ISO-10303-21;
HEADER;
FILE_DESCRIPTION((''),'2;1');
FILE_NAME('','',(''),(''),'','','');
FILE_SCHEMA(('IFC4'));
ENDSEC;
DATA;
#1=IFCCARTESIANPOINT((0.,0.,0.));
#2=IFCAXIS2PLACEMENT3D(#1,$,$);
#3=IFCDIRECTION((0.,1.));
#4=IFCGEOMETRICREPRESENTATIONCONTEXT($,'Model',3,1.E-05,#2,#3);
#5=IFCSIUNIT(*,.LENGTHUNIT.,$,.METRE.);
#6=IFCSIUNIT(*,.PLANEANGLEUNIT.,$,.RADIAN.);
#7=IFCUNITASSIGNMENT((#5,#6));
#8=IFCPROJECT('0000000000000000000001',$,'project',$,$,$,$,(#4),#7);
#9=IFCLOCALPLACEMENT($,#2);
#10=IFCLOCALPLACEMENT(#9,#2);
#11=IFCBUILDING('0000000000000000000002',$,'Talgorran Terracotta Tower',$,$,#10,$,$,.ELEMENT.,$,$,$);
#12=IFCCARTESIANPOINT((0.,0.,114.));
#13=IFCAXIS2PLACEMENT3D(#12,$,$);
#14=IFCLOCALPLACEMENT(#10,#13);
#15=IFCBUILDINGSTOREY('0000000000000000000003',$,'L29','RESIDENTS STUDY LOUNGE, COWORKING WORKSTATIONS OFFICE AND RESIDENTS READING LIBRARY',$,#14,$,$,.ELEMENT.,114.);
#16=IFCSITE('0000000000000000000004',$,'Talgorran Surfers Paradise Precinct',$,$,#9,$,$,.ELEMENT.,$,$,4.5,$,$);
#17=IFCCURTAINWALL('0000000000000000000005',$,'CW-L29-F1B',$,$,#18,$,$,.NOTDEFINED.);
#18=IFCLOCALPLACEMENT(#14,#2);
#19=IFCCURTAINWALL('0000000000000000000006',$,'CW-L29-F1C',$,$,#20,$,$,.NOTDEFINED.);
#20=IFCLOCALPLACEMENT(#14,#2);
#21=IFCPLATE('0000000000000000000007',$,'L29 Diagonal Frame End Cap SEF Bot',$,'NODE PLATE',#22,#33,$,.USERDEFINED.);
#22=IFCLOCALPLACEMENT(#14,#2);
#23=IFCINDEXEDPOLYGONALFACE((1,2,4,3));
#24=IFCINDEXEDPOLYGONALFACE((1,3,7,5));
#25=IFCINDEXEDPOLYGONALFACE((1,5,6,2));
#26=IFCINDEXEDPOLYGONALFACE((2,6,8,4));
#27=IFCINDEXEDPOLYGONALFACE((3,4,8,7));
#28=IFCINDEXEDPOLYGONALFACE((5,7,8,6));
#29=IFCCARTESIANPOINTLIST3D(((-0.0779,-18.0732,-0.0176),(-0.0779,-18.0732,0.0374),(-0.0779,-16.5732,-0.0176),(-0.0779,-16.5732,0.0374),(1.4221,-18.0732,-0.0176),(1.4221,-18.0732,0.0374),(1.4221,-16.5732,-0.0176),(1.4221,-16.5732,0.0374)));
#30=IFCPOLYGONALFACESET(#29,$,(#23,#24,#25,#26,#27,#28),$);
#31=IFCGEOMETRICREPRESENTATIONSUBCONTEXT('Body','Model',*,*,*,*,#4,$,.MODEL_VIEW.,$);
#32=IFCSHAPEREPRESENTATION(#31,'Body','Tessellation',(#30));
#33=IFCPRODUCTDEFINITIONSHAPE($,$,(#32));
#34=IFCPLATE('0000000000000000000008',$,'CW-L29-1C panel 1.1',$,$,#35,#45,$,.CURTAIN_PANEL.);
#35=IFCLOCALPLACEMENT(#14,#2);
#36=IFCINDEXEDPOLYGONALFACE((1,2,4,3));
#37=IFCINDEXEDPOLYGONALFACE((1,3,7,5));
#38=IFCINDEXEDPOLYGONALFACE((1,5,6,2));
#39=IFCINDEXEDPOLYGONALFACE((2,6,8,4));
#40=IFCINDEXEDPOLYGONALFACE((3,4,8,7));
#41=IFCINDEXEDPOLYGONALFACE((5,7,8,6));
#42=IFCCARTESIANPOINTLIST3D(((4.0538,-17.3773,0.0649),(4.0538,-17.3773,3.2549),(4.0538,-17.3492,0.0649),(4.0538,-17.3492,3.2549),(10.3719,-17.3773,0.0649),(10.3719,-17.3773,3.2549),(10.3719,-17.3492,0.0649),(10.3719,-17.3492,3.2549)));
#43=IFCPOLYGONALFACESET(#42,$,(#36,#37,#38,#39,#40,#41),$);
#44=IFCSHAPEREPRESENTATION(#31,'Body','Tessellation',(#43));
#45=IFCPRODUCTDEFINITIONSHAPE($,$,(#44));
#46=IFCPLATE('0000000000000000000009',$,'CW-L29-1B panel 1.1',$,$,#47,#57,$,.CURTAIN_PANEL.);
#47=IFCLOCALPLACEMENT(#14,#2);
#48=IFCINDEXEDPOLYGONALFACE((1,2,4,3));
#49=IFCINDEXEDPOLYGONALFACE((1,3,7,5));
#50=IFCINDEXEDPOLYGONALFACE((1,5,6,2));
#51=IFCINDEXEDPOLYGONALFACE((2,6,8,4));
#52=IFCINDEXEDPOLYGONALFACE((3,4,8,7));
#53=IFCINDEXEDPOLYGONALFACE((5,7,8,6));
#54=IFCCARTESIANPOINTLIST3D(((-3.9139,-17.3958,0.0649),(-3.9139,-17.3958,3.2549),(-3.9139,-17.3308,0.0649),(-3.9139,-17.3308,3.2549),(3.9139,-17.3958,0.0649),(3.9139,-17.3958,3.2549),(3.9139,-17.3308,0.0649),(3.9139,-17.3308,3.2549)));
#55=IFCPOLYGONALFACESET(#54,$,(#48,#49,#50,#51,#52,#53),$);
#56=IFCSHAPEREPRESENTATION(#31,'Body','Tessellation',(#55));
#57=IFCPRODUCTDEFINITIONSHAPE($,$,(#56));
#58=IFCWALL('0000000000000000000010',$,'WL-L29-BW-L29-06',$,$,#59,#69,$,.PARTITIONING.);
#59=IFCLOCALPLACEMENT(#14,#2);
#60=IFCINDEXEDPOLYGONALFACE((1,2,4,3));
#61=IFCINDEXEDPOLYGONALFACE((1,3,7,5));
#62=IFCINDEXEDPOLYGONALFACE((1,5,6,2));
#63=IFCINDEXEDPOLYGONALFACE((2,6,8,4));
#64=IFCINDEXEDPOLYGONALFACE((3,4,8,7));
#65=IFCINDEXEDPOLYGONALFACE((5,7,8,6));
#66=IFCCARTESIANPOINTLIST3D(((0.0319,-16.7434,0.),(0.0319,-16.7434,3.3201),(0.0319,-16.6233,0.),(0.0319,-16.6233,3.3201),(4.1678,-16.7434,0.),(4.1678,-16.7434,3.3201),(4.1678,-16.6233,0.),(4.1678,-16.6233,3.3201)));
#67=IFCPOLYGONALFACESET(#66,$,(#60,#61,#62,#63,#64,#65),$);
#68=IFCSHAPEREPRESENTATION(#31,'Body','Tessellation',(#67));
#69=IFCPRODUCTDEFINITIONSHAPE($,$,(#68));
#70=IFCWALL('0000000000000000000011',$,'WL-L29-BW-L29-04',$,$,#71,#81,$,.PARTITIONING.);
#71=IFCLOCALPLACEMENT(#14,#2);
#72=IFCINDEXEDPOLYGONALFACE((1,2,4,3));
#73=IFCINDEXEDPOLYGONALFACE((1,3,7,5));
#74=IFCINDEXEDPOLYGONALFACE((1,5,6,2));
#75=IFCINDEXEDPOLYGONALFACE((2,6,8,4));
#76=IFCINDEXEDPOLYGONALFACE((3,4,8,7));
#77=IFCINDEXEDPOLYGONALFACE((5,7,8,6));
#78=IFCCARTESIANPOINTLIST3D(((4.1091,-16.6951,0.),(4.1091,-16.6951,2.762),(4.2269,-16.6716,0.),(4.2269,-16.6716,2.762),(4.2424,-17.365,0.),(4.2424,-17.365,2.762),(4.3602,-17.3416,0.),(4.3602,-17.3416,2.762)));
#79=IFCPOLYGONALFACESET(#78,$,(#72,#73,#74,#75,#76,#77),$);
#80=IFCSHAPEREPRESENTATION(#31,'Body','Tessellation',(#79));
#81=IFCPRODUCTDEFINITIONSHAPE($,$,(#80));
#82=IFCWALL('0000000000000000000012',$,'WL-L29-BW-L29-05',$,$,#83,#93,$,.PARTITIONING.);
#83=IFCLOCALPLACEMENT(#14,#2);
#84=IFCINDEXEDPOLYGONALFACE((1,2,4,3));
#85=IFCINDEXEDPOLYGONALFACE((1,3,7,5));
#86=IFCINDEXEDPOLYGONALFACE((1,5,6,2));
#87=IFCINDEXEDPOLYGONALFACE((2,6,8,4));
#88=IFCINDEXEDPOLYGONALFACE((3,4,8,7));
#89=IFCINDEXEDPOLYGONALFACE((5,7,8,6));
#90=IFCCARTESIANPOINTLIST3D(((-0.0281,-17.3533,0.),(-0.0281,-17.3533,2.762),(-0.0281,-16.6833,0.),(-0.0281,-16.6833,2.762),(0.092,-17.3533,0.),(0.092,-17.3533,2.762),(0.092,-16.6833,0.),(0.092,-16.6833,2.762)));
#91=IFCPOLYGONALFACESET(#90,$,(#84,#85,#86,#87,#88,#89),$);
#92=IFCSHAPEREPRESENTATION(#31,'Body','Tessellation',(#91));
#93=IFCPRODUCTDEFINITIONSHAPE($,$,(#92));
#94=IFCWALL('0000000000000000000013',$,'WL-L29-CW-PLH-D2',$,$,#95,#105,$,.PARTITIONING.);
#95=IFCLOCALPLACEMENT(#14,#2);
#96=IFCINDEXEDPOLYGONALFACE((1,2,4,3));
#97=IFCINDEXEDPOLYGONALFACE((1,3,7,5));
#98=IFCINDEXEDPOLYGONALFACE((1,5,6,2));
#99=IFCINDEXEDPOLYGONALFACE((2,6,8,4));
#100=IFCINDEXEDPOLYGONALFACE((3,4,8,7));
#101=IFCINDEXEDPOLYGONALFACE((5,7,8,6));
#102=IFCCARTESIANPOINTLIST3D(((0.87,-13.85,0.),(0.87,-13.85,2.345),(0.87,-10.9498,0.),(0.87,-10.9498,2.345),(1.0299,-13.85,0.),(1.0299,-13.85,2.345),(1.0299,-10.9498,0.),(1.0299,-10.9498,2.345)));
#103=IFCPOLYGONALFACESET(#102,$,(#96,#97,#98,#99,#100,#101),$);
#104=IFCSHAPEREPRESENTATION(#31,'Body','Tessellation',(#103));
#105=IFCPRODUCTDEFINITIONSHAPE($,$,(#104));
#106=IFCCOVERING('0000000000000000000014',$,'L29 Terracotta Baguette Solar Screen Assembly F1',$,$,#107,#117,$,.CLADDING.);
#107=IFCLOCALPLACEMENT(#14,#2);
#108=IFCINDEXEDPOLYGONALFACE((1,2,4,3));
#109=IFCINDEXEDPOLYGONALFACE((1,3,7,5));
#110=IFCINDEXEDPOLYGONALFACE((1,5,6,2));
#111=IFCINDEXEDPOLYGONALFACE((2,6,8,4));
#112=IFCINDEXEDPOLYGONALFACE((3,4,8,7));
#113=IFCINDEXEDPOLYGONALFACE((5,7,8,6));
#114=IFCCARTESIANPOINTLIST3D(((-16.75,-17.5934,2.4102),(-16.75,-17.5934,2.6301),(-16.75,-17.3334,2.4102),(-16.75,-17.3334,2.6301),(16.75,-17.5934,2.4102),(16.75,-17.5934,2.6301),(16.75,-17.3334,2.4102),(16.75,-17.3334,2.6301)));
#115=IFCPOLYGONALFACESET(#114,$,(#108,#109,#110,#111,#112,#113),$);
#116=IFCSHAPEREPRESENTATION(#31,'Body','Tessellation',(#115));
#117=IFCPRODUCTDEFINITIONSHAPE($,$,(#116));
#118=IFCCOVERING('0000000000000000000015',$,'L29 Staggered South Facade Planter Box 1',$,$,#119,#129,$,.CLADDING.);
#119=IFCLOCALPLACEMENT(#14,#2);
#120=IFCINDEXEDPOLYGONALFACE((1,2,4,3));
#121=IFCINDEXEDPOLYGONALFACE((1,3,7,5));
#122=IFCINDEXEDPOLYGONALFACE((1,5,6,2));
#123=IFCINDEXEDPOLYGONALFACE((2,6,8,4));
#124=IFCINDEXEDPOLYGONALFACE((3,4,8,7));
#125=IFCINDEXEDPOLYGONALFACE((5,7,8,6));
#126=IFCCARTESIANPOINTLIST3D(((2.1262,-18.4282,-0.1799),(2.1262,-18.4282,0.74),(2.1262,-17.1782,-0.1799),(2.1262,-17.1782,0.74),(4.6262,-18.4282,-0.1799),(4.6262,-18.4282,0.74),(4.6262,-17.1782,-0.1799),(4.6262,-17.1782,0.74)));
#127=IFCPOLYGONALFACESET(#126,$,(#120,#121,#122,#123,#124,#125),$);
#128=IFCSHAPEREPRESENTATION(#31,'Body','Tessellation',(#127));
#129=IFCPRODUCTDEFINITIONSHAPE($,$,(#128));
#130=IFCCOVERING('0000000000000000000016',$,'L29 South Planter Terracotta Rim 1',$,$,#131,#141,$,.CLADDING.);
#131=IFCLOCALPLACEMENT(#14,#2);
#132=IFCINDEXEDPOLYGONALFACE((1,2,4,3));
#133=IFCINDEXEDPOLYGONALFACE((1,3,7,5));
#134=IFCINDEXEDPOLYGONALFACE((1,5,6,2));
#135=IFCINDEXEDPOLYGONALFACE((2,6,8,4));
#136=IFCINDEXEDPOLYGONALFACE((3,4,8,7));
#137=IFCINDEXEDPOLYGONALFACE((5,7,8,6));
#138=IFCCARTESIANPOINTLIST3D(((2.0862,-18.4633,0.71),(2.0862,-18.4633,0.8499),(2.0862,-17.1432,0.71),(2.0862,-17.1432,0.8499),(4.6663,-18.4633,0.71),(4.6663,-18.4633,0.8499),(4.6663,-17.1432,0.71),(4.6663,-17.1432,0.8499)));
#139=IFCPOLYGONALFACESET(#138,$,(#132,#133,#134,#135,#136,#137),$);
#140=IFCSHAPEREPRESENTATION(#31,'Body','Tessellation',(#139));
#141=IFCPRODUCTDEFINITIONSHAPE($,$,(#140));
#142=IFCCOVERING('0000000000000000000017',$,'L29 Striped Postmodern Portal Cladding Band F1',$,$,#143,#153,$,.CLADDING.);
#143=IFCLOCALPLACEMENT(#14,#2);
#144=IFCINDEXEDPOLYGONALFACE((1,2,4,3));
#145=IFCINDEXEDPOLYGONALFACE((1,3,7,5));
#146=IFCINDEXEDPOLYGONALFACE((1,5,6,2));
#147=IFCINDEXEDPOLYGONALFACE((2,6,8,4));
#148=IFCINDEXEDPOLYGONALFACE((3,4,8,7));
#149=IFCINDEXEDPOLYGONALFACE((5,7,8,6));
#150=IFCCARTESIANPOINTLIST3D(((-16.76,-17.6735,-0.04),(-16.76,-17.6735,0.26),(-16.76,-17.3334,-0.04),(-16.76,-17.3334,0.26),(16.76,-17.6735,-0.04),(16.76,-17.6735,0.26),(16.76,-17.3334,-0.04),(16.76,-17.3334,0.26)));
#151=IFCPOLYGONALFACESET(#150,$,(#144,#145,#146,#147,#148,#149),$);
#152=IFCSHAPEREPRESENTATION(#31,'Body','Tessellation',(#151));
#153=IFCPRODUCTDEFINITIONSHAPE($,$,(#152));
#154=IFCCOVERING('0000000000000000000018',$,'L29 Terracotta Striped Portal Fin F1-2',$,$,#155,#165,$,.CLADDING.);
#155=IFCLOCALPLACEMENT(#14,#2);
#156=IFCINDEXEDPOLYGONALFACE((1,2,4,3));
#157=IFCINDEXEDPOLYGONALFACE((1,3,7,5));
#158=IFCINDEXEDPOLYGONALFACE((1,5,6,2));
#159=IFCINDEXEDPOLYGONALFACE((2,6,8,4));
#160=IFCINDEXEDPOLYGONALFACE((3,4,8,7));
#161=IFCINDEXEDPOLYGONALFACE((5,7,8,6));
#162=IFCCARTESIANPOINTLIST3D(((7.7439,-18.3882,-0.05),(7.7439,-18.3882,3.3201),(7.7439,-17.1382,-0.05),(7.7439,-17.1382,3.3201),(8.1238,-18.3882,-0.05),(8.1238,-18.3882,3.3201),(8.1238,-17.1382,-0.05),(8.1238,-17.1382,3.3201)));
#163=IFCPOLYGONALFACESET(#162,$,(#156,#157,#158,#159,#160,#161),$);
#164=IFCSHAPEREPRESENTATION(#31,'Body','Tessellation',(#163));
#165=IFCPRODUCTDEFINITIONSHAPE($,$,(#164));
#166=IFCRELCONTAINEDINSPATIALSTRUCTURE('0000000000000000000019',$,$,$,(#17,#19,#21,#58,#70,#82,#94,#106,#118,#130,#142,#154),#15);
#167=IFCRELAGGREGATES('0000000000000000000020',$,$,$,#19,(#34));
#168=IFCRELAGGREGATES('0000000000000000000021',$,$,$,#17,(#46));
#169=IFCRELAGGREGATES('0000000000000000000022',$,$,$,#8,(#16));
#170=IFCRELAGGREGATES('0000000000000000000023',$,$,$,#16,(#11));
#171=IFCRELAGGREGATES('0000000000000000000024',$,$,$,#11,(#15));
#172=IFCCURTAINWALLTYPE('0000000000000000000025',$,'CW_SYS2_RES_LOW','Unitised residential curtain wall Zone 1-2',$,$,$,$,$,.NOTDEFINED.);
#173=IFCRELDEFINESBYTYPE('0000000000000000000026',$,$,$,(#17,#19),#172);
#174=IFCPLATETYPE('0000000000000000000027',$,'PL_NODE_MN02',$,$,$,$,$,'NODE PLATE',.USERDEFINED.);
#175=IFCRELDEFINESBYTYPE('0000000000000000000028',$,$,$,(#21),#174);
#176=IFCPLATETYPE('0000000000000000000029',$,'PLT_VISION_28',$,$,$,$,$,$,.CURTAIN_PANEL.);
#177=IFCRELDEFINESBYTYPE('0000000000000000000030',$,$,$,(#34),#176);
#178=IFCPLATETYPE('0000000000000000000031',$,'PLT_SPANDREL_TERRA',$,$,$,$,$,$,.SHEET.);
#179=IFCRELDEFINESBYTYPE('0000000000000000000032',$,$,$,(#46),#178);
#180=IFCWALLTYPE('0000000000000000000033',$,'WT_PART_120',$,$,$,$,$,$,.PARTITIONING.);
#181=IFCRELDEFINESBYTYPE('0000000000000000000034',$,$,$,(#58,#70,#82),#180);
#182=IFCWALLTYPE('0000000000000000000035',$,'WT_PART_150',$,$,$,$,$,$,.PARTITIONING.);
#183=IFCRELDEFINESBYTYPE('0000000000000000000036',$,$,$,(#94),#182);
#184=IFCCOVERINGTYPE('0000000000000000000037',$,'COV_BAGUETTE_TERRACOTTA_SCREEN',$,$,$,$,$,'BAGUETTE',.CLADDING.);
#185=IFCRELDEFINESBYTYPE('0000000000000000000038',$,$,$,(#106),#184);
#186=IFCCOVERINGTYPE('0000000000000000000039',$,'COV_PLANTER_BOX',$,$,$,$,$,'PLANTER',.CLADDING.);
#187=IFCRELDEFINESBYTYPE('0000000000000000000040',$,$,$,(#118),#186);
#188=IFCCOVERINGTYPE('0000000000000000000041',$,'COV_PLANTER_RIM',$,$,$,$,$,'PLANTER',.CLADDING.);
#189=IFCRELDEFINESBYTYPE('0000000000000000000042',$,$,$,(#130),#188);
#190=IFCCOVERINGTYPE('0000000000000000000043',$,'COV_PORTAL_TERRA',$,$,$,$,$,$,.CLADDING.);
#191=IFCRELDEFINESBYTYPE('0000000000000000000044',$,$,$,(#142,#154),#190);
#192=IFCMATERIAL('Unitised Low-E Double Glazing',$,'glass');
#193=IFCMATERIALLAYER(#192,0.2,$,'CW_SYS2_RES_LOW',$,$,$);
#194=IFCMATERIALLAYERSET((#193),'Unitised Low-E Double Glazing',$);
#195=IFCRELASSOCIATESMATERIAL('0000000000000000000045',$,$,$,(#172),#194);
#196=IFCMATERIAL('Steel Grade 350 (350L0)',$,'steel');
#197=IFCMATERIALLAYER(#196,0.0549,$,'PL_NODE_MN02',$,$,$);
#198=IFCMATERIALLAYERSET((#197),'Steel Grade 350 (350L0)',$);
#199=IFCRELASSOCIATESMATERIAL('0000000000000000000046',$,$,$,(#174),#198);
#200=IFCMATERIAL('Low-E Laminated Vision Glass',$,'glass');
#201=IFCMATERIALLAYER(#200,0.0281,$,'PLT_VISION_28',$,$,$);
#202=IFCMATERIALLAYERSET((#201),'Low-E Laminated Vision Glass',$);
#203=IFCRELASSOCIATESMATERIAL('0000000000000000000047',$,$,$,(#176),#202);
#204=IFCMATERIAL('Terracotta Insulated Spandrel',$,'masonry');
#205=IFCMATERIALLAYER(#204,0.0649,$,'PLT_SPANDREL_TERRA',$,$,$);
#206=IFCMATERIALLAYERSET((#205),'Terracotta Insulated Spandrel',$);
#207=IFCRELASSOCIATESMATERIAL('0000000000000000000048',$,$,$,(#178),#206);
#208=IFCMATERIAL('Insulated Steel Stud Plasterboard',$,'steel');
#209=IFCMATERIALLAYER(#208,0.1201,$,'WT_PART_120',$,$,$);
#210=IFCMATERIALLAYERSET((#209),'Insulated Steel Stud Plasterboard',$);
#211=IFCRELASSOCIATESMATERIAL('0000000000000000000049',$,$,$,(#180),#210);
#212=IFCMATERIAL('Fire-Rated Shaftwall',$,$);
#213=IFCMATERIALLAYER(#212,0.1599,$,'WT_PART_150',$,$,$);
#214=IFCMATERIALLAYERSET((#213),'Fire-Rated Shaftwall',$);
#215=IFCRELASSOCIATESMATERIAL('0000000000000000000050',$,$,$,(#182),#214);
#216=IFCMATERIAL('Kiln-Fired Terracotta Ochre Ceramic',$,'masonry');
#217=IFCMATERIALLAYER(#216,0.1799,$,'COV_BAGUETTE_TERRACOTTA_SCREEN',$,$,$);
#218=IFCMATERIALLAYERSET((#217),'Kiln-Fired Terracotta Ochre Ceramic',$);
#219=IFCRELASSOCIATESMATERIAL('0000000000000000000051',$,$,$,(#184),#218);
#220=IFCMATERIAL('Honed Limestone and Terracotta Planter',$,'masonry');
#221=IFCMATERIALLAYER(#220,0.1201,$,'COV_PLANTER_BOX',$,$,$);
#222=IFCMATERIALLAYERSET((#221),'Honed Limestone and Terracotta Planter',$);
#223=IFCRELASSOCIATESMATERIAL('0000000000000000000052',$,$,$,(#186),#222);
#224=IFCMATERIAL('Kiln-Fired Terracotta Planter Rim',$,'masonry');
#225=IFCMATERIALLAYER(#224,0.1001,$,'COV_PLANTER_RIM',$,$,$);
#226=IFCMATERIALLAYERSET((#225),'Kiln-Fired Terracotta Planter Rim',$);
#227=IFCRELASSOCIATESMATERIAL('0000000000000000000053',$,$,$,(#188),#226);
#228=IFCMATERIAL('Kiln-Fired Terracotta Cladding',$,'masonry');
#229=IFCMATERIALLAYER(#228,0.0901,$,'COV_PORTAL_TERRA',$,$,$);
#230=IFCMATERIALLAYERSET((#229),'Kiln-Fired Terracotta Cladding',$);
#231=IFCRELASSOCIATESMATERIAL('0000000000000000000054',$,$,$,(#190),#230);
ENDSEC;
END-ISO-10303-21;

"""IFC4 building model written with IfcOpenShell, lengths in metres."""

from ifc_helpers import new_model, si_unit, direction, frame, frame_2d, origin, origin_2d, place, context, subcontext, project, spatial, rectangle, extrude, source, transform, mapped, material, layer, layer_set, type_object, type_shapes, element, aggregate, save


model = new_model("IFC4")

# Units and contexts
model_context = context("Model", 3, precision=1e-05, world=origin(), true_north=direction((0.0, 1.0)))
body_context = subcontext(model_context, "Body", "Model", "MODEL_VIEW")
ifc_project = project(units=[si_unit("LENGTHUNIT", "METRE"), si_unit("PLANEANGLEUNIT", "RADIAN")], contexts=[model_context])

# Site, building, storey
site_placement = place(None, origin())
site = spatial("IfcSite", under=ifc_project, at=site_placement, Name="Talgorran Surfers Paradise Precinct", CompositionType="ELEMENT", RefElevation=4.5)
building_placement = place(site_placement, origin())
building = spatial("IfcBuilding", under=site, at=building_placement, Name="Talgorran Terracotta Tower", CompositionType="ELEMENT")
storey_placement = place(building_placement, frame((0.0, 0.0, 114.0)))
storey = spatial("IfcBuildingStorey", under=building, at=storey_placement, Name="L29", Description="RESIDENTS STUDY LOUNGE, COWORKING WORKSTATIONS OFFICE AND RESIDENTS READING LIBRARY", CompositionType="ELEMENT", Elevation=114.0)

# Shared definitions
ifc_material_1 = material(Name="Steel Grade 350 (350L0)", Category="steel")

# Curtain wall
ifc_material_2 = material(Name="Unitised Low-E Double Glazing", Category="glass")
ifc_layer_1 = layer(ifc_material_2, 0.2, Name="CW_SYS2_RES_LOW")
ifc_layer_set_1 = layer_set([ifc_layer_1], Name="Unitised Low-E Double Glazing")
curtain_wall_type = type_object("IfcCurtainWallType", Name="CW_SYS2_RES_LOW", Description="Unitised residential curtain wall Zone 1-2", PredefinedType="NOTDEFINED", material=ifc_layer_set_1)
curtain_wall_1_placement = place(storey_placement, origin())
curtain_wall_1 = element("IfcCurtainWall", 1, at=curtain_wall_1_placement, inside=storey, type_object=curtain_wall_type, Name="CW-L29-F1B", PredefinedType="NOTDEFINED")

# Curtain wall
curtain_wall_2_placement = place(storey_placement, origin())
curtain_wall_2 = element("IfcCurtainWall", 2, at=curtain_wall_2_placement, inside=storey, type_object=curtain_wall_type, Name="CW-L29-F1C", PredefinedType="NOTDEFINED")

# Plate
ifc_layer_2 = layer(ifc_material_1, 0.0549, Name="PL_NODE_MN02")
ifc_layer_set_2 = layer_set([ifc_layer_2], Name="Steel Grade 350 (350L0)")
plate_type_1 = type_object("IfcPlateType", Name="PL_NODE_MN02", ElementType="NODE PLATE", PredefinedType="USERDEFINED", material=ifc_layer_set_2)
plate_1_placement = place(storey_placement, frame((0.6721, -17.3232, -0.0176), z_axis=(0.0, 0.0, 1.0), x_axis=(1.0, 0.0, 0.0)))
element("IfcPlate", 3, at=plate_1_placement, inside=storey, type_object=plate_type_1, Name="L29 Diagonal Frame End Cap SEF Bot", ObjectType="NODE PLATE", PredefinedType="USERDEFINED", context=body_context, shape_type="SweptSolid", body=[
    extrude(rectangle(XDim=1.5, YDim=1.5, at=origin_2d()), origin(), (0.0, 0.0, 1.0), 0.0549),
])

# Plates
ifc_material_3 = material(Name="Low-E Laminated Vision Glass", Category="glass")
ifc_layer_3 = layer(ifc_material_3, 0.0281, Name="PLT_VISION_28")
ifc_layer_set_3 = layer_set([ifc_layer_3], Name="Low-E Laminated Vision Glass")
plate_type_2 = type_object("IfcPlateType", Name="PLT_VISION_28", PredefinedType="CURTAIN_PANEL", material=ifc_layer_set_3)
shared_shape_1 = source(origin(), body_context, "Body", "SweptSolid", [
    extrude(rectangle(XDim=6.3181, YDim=0.0281, at=origin_2d()), origin(), (0.0, 0.0, 1.0), 3.1899),
])
type_shapes(plate_type_2, [shared_shape_1])
plate_2_placement = place(storey_placement, frame((7.2129, -17.3633, 0.0649), z_axis=(0.0, 0.0, 1.0), x_axis=(1.0, 0.0, 0.0)))
plate_2 = element("IfcPlate", 4, at=plate_2_placement, type_object=plate_type_2, Name="CW-L29-1C panel 1.1", PredefinedType="CURTAIN_PANEL", context=body_context, shape_type="MappedRepresentation", body=[
    mapped(shared_shape_1, transform((0.0, 0.0, 0.0), scale=1.0)),
])
aggregate(curtain_wall_2, [plate_2])
ifc_material_4 = material(Name="Terracotta Insulated Spandrel", Category="masonry")
ifc_layer_4 = layer(ifc_material_4, 0.0649, Name="PLT_SPANDREL_TERRA")
ifc_layer_set_4 = layer_set([ifc_layer_4], Name="Terracotta Insulated Spandrel")
plate_type_3 = type_object("IfcPlateType", Name="PLT_SPANDREL_TERRA", PredefinedType="SHEET", material=ifc_layer_set_4)
shared_shape_2 = source(origin(), body_context, "Body", "SweptSolid", [
    extrude(rectangle(XDim=7.8279, YDim=0.0649, at=origin_2d()), origin(), (0.0, 0.0, 1.0), 3.1899),
])
type_shapes(plate_type_3, [shared_shape_2])
plate_3_placement = place(storey_placement, frame((0.0, -17.3633, 0.0649), z_axis=(0.0, 0.0, 1.0), x_axis=(1.0, 0.0, 0.0)))
plate_3 = element("IfcPlate", 5, at=plate_3_placement, type_object=plate_type_3, Name="CW-L29-1B panel 1.1", PredefinedType="CURTAIN_PANEL", context=body_context, shape_type="MappedRepresentation", body=[
    mapped(shared_shape_2, transform((0.0, 0.0, 0.0), scale=1.0)),
])
aggregate(curtain_wall_1, [plate_3])

# Walls
ifc_material_5 = material(Name="Insulated Steel Stud Plasterboard", Category="steel")
ifc_layer_5 = layer(ifc_material_5, 0.1201, Name="WT_PART_120")
ifc_layer_set_5 = layer_set([ifc_layer_5], Name="Insulated Steel Stud Plasterboard")
wall_type_1 = type_object("IfcWallType", Name="WT_PART_120", PredefinedType="PARTITIONING", material=ifc_layer_set_5)
wall_1_placement = place(storey_placement, frame((0.032, -16.6833, 0.0), z_axis=(0.0, 0.0, 1.0), x_axis=(1.0, 0.0, 0.0)))
element("IfcWall", 6, at=wall_1_placement, inside=storey, type_object=wall_type_1, Name="WL-L29-BW-L29-06", PredefinedType="PARTITIONING", context=body_context, shape_type="SweptSolid", body=[
    extrude(rectangle(XDim=4.136, YDim=0.1201, at=frame_2d((2.0679, 0.0))), origin(), (0.0, 0.0, 1.0), 3.3201),
])
wall_2_placement = place(storey_placement, frame((4.168, -16.6833, 0.0), z_axis=(0.0, 0.0, 1.0), x_axis=(0.195154, -0.980773, 0.0)))
element("IfcWall", 7, at=wall_2_placement, inside=storey, type_object=wall_type_1, Name="WL-L29-BW-L29-04", PredefinedType="PARTITIONING", context=body_context, shape_type="SweptSolid", body=[
    extrude(rectangle(XDim=0.6831, YDim=0.1201, at=frame_2d((0.3416, 0.0))), origin(), (0.0, 0.0, 1.0), 2.762),
])
wall_3_placement = place(storey_placement, frame((0.032, -17.3533, 0.0), z_axis=(0.0, 0.0, 1.0), x_axis=(0.0, 1.0, 0.0)))
element("IfcWall", 8, at=wall_3_placement, inside=storey, type_object=wall_type_1, Name="WL-L29-BW-L29-05", PredefinedType="PARTITIONING", context=body_context, shape_type="SweptSolid", body=[
    extrude(rectangle(XDim=0.6699, YDim=0.1201, at=frame_2d((0.335, 0.0))), origin(), (0.0, 0.0, 1.0), 2.762),
])
ifc_material_6 = material(Name="Fire-Rated Shaftwall")
ifc_layer_6 = layer(ifc_material_6, 0.1599, Name="WT_PART_150")
ifc_layer_set_6 = layer_set([ifc_layer_6], Name="Fire-Rated Shaftwall")
wall_type_2 = type_object("IfcWallType", Name="WT_PART_150", PredefinedType="PARTITIONING", material=ifc_layer_set_6)
wall_4_placement = place(storey_placement, frame((0.95, -13.8501, 0.0), z_axis=(0.0, 0.0, 1.0), x_axis=(0.0, 1.0, 0.0)))
element("IfcWall", 9, at=wall_4_placement, inside=storey, type_object=wall_type_2, Name="WL-L29-CW-PLH-D2", PredefinedType="PARTITIONING", context=body_context, shape_type="SweptSolid", body=[
    extrude(rectangle(XDim=2.9001, YDim=0.1599, at=frame_2d((1.4502, 0.0))), origin(), (0.0, 0.0, 1.0), 2.345),
])

# Coverings
ifc_material_7 = material(Name="Kiln-Fired Terracotta Ochre Ceramic", Category="masonry")
ifc_layer_7 = layer(ifc_material_7, 0.1799, Name="COV_BAGUETTE_TERRACOTTA_SCREEN")
ifc_layer_set_7 = layer_set([ifc_layer_7], Name="Kiln-Fired Terracotta Ochre Ceramic")
covering_type_1 = type_object("IfcCoveringType", Name="COV_BAGUETTE_TERRACOTTA_SCREEN", ElementType="BAGUETTE", PredefinedType="CLADDING", material=ifc_layer_set_7)
covering_1_placement = place(storey_placement, frame((0.0, -17.4634, 2.4102), z_axis=(0.0, 0.0, 1.0), x_axis=(1.0, 0.0, 0.0)))
element("IfcCovering", 10, at=covering_1_placement, inside=storey, type_object=covering_type_1, Name="L29 Terracotta Baguette Solar Screen Assembly F1", PredefinedType="CLADDING", context=body_context, shape_type="SweptSolid", body=[
    extrude(rectangle(XDim=33.5, YDim=0.26, at=origin_2d()), origin(), (0.0, 0.0, 1.0), 0.22),
])
ifc_material_8 = material(Name="Honed Limestone and Terracotta Planter", Category="masonry")
ifc_layer_8 = layer(ifc_material_8, 0.1201, Name="COV_PLANTER_BOX")
ifc_layer_set_8 = layer_set([ifc_layer_8], Name="Honed Limestone and Terracotta Planter")
covering_type_2 = type_object("IfcCoveringType", Name="COV_PLANTER_BOX", ElementType="PLANTER", PredefinedType="CLADDING", material=ifc_layer_set_8)
covering_2_placement = place(storey_placement, frame((3.3762, -17.8032, -0.1799), z_axis=(0.0, 0.0, 1.0), x_axis=(1.0, 0.0, 0.0)))
element("IfcCovering", 11, at=covering_2_placement, inside=storey, type_object=covering_type_2, Name="L29 Staggered South Facade Planter Box 1", PredefinedType="CLADDING", context=body_context, shape_type="SweptSolid", body=[
    extrude(rectangle(XDim=2.5, YDim=1.25, at=origin_2d()), origin(), (0.0, 0.0, 1.0), 0.9199),
])
ifc_material_9 = material(Name="Kiln-Fired Terracotta Planter Rim", Category="masonry")
ifc_layer_9 = layer(ifc_material_9, 0.1001, Name="COV_PLANTER_RIM")
ifc_layer_set_9 = layer_set([ifc_layer_9], Name="Kiln-Fired Terracotta Planter Rim")
covering_type_3 = type_object("IfcCoveringType", Name="COV_PLANTER_RIM", ElementType="PLANTER", PredefinedType="CLADDING", material=ifc_layer_set_9)
covering_3_placement = place(storey_placement, frame((3.3762, -17.8032, 0.71), z_axis=(0.0, 0.0, 1.0), x_axis=(1.0, 0.0, 0.0)))
element("IfcCovering", 12, at=covering_3_placement, inside=storey, type_object=covering_type_3, Name="L29 South Planter Terracotta Rim 1", PredefinedType="CLADDING", context=body_context, shape_type="SweptSolid", body=[
    extrude(rectangle(XDim=2.5801, YDim=1.3201, at=origin_2d()), origin(), (0.0, 0.0, 1.0), 0.1399),
])
ifc_material_10 = material(Name="Kiln-Fired Terracotta Cladding", Category="masonry")
ifc_layer_10 = layer(ifc_material_10, 0.0901, Name="COV_PORTAL_TERRA")
ifc_layer_set_10 = layer_set([ifc_layer_10], Name="Kiln-Fired Terracotta Cladding")
covering_type_4 = type_object("IfcCoveringType", Name="COV_PORTAL_TERRA", PredefinedType="CLADDING", material=ifc_layer_set_10)
covering_4_placement = place(storey_placement, frame((0.0, -17.5034, -0.04), z_axis=(0.0, 0.0, 1.0), x_axis=(1.0, 0.0, 0.0)))
element("IfcCovering", 13, at=covering_4_placement, inside=storey, type_object=covering_type_4, Name="L29 Striped Postmodern Portal Cladding Band F1", PredefinedType="CLADDING", context=body_context, shape_type="SweptSolid", body=[
    extrude(rectangle(XDim=33.52, YDim=0.3401, at=origin_2d()), origin(), (0.0, 0.0, 1.0), 0.3),
])
covering_5_placement = place(storey_placement, frame((7.9338, -17.7632, -0.05), z_axis=(0.0, 0.0, 1.0), x_axis=(1.0, 0.0, 0.0)))
element("IfcCovering", 14, at=covering_5_placement, inside=storey, type_object=covering_type_4, Name="L29 Terracotta Striped Portal Fin F1-2", PredefinedType="CLADDING", context=body_context, shape_type="SweptSolid", body=[
    extrude(rectangle(XDim=0.3799, YDim=1.25, at=origin_2d()), origin(), (0.0, 0.0, 1.0), 3.3701),
])

save(model, "model.ifc")
